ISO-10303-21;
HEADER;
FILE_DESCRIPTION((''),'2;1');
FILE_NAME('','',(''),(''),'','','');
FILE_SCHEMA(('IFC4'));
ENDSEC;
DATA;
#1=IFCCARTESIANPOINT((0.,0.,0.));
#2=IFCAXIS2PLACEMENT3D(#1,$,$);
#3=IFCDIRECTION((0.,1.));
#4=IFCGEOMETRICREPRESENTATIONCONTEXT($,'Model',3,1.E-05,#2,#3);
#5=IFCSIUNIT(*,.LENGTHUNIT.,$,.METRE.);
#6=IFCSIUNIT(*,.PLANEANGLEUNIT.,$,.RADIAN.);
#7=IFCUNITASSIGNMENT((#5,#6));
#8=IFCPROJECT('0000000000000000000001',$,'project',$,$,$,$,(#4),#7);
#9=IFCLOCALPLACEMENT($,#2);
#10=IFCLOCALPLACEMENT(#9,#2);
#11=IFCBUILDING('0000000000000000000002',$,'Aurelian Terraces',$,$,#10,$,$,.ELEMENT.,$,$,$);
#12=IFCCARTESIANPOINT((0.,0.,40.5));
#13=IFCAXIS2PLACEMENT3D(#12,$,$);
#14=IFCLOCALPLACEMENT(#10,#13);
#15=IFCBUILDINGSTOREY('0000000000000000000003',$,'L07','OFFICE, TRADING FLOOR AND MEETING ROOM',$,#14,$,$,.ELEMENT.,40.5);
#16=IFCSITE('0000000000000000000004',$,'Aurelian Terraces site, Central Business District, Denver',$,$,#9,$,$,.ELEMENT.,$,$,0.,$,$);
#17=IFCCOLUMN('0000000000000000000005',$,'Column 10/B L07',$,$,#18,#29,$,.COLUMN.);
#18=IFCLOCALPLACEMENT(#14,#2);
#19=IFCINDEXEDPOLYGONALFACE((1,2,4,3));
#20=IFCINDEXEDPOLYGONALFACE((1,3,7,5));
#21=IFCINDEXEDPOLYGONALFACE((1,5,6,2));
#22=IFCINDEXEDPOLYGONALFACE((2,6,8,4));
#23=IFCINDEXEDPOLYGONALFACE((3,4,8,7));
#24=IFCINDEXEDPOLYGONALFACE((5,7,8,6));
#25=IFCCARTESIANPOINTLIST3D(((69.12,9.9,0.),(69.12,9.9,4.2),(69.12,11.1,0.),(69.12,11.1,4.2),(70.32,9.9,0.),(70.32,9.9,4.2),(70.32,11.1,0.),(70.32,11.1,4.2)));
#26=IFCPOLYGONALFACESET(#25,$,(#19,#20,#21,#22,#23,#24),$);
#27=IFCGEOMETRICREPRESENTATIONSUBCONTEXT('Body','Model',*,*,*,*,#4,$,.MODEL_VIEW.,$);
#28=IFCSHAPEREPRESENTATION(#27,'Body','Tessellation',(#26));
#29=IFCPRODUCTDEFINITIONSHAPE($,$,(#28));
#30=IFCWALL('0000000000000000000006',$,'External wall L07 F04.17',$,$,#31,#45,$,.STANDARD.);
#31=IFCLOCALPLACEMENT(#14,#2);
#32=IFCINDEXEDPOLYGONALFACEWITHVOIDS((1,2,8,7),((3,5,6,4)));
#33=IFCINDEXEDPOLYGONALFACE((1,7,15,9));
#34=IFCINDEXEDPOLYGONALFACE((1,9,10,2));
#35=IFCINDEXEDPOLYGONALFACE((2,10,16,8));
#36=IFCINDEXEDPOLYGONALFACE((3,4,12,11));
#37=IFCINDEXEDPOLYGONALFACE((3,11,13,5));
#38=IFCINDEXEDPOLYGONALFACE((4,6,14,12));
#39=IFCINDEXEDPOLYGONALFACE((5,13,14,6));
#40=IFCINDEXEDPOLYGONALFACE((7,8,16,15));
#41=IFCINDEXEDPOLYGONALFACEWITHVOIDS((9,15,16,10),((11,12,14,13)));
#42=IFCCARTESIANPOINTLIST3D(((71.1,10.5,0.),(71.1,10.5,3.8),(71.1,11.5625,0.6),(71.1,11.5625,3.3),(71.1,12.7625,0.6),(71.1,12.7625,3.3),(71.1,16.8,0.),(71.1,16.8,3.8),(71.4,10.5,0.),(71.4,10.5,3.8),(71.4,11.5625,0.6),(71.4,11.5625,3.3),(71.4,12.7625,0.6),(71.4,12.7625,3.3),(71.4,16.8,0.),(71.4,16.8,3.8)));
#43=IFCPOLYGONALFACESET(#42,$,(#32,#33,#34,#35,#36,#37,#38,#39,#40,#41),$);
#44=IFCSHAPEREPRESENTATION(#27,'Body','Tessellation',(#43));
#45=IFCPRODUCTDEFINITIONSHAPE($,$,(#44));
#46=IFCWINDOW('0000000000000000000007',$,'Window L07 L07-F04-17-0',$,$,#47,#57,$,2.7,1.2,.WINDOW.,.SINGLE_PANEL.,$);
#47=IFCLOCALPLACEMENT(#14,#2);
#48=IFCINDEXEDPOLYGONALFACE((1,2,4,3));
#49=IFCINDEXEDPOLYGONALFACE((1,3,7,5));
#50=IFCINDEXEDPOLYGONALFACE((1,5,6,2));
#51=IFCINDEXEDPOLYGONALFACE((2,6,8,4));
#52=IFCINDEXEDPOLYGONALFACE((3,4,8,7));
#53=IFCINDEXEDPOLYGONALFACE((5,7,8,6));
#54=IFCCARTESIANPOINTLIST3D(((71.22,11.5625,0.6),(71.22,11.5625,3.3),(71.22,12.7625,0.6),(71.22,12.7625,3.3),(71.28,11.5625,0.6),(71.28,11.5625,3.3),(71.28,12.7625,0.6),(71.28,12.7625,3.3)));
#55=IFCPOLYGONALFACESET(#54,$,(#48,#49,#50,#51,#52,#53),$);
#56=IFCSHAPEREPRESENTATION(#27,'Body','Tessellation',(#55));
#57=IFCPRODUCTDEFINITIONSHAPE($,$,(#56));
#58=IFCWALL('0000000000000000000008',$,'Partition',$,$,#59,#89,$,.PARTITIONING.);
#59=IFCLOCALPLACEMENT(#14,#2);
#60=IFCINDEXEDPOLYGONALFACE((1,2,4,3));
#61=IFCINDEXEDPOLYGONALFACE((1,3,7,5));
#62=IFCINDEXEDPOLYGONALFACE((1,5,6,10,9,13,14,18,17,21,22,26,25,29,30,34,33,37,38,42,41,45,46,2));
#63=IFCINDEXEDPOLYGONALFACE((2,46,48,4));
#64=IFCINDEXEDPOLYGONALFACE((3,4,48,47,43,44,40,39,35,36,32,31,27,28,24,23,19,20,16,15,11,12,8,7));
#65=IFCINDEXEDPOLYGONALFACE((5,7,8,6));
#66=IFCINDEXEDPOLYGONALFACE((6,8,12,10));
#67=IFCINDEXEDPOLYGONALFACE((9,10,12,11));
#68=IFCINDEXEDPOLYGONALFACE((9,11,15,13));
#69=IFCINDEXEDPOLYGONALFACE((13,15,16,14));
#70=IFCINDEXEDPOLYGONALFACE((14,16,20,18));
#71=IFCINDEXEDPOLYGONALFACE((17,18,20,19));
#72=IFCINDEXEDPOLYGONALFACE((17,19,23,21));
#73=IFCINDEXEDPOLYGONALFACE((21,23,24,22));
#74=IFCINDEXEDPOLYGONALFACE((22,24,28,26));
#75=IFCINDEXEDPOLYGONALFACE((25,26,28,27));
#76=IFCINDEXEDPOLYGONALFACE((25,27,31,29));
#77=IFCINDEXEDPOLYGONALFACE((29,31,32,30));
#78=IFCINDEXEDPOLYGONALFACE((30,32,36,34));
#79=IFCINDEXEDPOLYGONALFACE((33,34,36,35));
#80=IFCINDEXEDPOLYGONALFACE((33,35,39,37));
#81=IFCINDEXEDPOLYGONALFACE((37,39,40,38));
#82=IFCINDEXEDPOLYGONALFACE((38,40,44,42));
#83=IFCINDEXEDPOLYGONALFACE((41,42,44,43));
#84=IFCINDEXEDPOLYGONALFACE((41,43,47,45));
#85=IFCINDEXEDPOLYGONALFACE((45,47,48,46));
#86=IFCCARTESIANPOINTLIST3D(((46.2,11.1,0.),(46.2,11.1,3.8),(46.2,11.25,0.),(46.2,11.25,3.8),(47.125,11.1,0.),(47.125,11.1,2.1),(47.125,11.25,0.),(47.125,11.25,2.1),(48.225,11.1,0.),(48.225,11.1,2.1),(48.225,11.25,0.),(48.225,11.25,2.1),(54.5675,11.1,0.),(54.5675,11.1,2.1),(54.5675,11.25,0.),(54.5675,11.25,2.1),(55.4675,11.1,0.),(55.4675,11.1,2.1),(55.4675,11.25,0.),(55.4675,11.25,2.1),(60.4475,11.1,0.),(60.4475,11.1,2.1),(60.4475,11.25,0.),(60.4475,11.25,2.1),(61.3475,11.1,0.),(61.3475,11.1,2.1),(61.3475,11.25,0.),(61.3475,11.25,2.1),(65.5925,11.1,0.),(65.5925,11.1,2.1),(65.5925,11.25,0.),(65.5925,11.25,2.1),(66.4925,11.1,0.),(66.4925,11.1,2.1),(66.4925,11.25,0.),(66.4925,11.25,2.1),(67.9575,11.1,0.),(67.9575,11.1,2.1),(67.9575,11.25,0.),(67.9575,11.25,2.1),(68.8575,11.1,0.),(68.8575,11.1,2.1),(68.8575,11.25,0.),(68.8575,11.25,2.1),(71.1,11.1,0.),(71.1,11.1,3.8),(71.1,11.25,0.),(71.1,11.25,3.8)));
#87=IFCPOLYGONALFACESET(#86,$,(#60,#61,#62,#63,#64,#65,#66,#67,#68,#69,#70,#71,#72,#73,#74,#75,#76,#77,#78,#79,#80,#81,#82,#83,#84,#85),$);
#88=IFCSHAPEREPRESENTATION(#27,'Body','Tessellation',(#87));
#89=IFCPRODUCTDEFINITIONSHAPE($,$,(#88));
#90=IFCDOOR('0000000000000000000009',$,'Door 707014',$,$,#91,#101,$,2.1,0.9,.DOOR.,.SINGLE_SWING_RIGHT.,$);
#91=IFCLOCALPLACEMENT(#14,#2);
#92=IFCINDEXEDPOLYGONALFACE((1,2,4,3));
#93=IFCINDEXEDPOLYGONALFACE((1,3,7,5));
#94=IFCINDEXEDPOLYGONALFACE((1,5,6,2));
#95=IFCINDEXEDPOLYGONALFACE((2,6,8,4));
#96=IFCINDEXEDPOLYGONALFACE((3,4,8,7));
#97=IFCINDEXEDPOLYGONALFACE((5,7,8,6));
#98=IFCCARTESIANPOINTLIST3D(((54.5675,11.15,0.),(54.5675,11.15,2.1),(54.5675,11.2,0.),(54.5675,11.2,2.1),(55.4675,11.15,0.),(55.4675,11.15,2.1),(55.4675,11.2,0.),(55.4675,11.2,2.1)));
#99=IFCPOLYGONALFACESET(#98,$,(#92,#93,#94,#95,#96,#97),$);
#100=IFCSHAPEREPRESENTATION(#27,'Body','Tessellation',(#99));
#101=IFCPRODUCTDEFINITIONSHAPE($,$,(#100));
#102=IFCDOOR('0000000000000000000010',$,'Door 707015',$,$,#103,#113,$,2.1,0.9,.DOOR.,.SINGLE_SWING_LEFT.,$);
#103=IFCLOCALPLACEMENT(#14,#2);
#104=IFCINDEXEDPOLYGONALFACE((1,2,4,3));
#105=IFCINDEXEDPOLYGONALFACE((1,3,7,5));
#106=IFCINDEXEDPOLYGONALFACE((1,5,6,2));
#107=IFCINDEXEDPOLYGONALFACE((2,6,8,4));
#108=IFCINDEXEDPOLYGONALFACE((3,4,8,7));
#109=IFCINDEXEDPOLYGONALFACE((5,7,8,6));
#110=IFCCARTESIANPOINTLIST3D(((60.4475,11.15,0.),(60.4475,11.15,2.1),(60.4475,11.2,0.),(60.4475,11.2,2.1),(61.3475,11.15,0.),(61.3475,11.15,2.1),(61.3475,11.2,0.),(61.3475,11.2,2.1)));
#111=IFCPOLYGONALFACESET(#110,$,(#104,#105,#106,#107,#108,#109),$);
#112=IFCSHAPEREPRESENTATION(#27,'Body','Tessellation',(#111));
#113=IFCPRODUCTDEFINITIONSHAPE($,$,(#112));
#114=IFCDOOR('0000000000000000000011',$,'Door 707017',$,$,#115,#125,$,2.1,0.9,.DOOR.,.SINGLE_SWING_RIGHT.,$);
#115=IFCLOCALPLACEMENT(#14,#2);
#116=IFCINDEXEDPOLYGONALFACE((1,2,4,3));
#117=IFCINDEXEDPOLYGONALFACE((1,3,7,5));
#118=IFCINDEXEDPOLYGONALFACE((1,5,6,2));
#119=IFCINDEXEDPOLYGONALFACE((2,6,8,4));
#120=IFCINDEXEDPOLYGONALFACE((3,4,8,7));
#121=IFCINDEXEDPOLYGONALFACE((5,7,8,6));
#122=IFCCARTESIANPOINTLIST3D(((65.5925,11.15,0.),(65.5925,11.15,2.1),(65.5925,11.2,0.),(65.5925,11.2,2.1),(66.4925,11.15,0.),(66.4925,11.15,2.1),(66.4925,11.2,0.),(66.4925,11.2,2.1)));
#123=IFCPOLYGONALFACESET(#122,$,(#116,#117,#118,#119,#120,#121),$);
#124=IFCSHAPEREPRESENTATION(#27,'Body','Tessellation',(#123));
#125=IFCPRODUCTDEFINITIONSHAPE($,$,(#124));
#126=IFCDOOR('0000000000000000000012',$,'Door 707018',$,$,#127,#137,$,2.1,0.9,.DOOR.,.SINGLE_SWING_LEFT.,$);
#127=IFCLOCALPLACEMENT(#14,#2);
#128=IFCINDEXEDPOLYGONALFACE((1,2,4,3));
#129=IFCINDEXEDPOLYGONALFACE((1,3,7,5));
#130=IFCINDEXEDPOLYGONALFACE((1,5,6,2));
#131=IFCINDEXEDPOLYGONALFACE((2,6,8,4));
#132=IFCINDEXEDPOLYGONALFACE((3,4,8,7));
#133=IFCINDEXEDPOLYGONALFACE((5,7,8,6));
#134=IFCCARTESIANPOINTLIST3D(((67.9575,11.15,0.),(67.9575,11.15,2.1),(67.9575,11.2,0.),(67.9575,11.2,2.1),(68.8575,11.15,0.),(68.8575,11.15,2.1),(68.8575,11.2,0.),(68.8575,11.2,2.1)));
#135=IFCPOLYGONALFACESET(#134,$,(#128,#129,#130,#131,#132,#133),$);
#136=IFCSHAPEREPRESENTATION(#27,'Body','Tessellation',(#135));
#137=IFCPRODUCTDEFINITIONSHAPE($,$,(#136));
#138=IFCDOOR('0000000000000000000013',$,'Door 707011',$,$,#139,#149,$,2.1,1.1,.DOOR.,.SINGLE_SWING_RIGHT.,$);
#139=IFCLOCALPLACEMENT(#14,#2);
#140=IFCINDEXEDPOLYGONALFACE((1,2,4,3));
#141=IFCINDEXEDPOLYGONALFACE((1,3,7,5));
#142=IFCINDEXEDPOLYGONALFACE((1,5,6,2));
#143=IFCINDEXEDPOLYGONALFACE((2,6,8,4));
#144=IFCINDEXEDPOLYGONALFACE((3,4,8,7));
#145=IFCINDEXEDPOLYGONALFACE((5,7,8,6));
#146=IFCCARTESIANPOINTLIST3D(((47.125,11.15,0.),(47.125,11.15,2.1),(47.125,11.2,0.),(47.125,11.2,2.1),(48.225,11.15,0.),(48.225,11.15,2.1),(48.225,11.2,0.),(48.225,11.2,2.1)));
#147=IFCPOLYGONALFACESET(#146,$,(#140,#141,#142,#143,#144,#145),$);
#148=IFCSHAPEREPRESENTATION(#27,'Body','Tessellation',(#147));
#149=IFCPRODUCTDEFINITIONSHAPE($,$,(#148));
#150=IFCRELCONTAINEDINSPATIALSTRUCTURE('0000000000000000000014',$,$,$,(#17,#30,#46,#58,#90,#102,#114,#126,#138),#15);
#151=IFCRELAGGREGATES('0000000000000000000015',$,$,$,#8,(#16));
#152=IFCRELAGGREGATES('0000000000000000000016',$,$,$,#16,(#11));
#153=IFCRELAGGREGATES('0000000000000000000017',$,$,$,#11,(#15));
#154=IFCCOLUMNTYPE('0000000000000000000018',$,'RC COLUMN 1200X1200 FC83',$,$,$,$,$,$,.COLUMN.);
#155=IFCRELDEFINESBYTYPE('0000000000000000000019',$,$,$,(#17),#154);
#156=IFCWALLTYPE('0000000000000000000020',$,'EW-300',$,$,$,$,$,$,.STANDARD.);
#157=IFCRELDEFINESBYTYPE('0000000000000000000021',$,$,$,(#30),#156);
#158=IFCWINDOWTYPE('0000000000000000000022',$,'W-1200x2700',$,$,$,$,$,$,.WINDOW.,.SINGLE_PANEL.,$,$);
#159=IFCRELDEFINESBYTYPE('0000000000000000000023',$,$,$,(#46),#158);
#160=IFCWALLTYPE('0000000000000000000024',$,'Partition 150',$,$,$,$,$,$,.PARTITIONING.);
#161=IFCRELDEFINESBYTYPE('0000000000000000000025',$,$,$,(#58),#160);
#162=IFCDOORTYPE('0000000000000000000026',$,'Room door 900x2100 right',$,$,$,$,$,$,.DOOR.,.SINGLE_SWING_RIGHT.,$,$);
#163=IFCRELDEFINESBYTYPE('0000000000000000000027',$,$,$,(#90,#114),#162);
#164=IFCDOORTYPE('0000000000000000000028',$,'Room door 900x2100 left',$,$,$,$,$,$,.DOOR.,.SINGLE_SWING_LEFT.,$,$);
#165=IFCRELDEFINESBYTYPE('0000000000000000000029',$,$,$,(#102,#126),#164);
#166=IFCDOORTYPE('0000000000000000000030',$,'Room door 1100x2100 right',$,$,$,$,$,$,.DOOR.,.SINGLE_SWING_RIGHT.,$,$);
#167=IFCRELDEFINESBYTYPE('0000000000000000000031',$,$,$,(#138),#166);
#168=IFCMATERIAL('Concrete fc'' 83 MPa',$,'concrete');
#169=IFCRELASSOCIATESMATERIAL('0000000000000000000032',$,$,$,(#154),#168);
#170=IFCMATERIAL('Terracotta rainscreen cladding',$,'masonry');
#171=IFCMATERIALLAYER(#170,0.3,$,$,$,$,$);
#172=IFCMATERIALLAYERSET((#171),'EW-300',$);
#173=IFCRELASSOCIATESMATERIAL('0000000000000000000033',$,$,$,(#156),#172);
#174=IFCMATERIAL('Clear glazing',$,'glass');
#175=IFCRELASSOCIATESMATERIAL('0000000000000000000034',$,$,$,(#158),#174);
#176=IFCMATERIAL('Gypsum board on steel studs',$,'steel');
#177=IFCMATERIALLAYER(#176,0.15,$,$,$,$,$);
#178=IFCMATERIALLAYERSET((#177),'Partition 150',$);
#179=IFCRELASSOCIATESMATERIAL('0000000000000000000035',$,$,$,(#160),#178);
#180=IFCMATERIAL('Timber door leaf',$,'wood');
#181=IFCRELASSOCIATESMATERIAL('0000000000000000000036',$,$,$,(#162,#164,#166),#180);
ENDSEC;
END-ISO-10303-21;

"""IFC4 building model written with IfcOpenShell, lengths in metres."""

from ifc_helpers import new_model, si_unit, direction, frame, frame_2d, origin, origin_2d, place, context, subcontext, project, spatial, rectangle, extrude, source, transform, mapped, material, layer, layer_set, material_profile, profile_set, type_object, element, fill, save


model = new_model("IFC4")

# Units and contexts
model_context = context("Model", 3, precision=1e-05, world=origin(), true_north=direction((0.0, 1.0)))
body_context = subcontext(model_context, "Body", "Model", "MODEL_VIEW")
ifc_project = project(units=[si_unit("LENGTHUNIT", "METRE"), si_unit("PLANEANGLEUNIT", "RADIAN")], contexts=[model_context])

# Site, building, storey
site_placement = place(None, origin())
site = spatial("IfcSite", under=ifc_project, at=site_placement, Name="Aurelian Terraces site, Central Business District, Denver", CompositionType="ELEMENT", RefElevation=0.0)
building_placement = place(site_placement, origin())
building = spatial("IfcBuilding", under=site, at=building_placement, Name="Aurelian Terraces", CompositionType="ELEMENT")
storey_placement = place(building_placement, frame((0.0, 0.0, 40.5)))
storey = spatial("IfcBuildingStorey", under=building, at=storey_placement, Name="L07", Description="OFFICE, TRADING FLOOR AND MEETING ROOM", CompositionType="ELEMENT", Elevation=40.5)

# Column
ifc_material_1 = material(Name="Concrete fc' 83 MPa", Category="concrete")
ifc_material_profile = material_profile(ifc_material_1, rectangle(XDim=1.2, YDim=1.2, at=origin_2d()))
ifc_profile_set = profile_set([ifc_material_profile], Name="Concrete fc' 83 MPa")
column_type = type_object("IfcColumnType", Name="RC COLUMN 1200X1200 FC83", PredefinedType="COLUMN", material=ifc_profile_set)
shared_shape_1 = source(origin(), body_context, "Body", "SweptSolid", [
    extrude(rectangle(XDim=1.2, YDim=1.2, at=origin_2d()), origin(), (0.0, 0.0, 1.0), 4.2),
])
column_placement = place(storey_placement, frame((69.72, 10.5, 0.0), z_axis=(0.0, 0.0, 1.0), x_axis=(1.0, 0.0, 0.0)))
element("IfcColumn", 1, at=column_placement, inside=storey, type_object=column_type, Name="Column 10/B L07", PredefinedType="COLUMN", context=body_context, shape_type="MappedRepresentation", body=[
    mapped(shared_shape_1, transform((0.0, 0.0, 0.0), scale=1.0)),
])

# Wall, opening, window
ifc_material_2 = material(Name="Terracotta rainscreen cladding", Category="masonry")
ifc_layer_1 = layer(ifc_material_2, 0.3)
ifc_layer_set_1 = layer_set([ifc_layer_1], Name="EW-300")
wall_type_1 = type_object("IfcWallType", Name="EW-300", PredefinedType="STANDARD", material=ifc_layer_set_1)
wall_1_placement = place(storey_placement, frame((71.25, 10.5, 0.0), z_axis=(0.0, 0.0, 1.0), x_axis=(0.0, 1.0, 0.0)))
wall_1 = element("IfcWall", 2, at=wall_1_placement, inside=storey, type_object=wall_type_1, Name="External wall L07 F04.17", PredefinedType="STANDARD", context=body_context, shape_type="SweptSolid", body=[
    extrude(rectangle(XDim=6.3, YDim=0.3, at=frame_2d((3.15, 0.0))), origin(), (0.0, 0.0, 1.0), 3.8),
])
shared_shape_2 = source(origin(), body_context, "Body", "SweptSolid", [
    extrude(rectangle(XDim=1.2, YDim=2.7, at=frame_2d((0.6, 1.35))), frame((0.0, 0.16, 0.0), z_axis=(0.0, -1.0, 0.0), x_axis=(1.0, 0.0, 0.0)), (0.0, 0.0, 1.0), 0.32),
])
opening_1_placement = place(wall_1_placement, frame((1.0625, 0.0, 0.6)))
opening_1 = element("IfcOpeningElement", 3, at=opening_1_placement, cuts=wall_1, PredefinedType="OPENING", context=body_context, shape_type="MappedRepresentation", body=[
    mapped(shared_shape_2, transform((0.0, 0.0, 0.0), scale=1.0)),
])
ifc_material_3 = material(Name="Clear glazing", Category="glass")
window_type_1 = type_object("IfcWindowType", Name="W-1200x2700", PartitioningType="SINGLE_PANEL", PredefinedType="WINDOW", material=ifc_material_3)
shared_shape_3 = source(origin(), body_context, "Body", "SweptSolid", [
    extrude(rectangle(XDim=1.2, YDim=2.7, at=frame_2d((0.6, 1.35))), frame((0.0, 0.03, 0.0), z_axis=(0.0, -1.0, 0.0), x_axis=(1.0, 0.0, 0.0)), (0.0, 0.0, 1.0), 0.06),
])
window_1_placement = place(opening_1_placement, origin())
window_1 = element("IfcWindow", 4, at=window_1_placement, inside=storey, type_object=window_type_1, Name="Window L07 L07-F04-17-0", OverallHeight=2.7, OverallWidth=1.2, PartitioningType="SINGLE_PANEL", PredefinedType="WINDOW", context=body_context, shape_type="MappedRepresentation", body=[
    mapped(shared_shape_3, transform((0.0, 0.0, 0.0), scale=1.0)),
])
fill(opening_1, window_1)

# Wall, openings, doors
ifc_material_4 = material(Name="Gypsum board on steel studs", Category="steel")
ifc_layer_2 = layer(ifc_material_4, 0.15)
ifc_layer_set_2 = layer_set([ifc_layer_2], Name="Partition 150")
wall_type_2 = type_object("IfcWallType", Name="Partition 150", PredefinedType="PARTITIONING", material=ifc_layer_set_2)
wall_2_placement = place(storey_placement, frame((71.1, 11.175, 0.0), z_axis=(0.0, 0.0, 1.0), x_axis=(-1.0, 0.0, 0.0)))
wall_2 = element("IfcWall", 5, at=wall_2_placement, inside=storey, type_object=wall_type_2, Name="Partition", PredefinedType="PARTITIONING", context=body_context, shape_type="SweptSolid", body=[
    extrude(rectangle(XDim=24.9, YDim=0.15, at=frame_2d((12.45, 0.0))), origin(), (0.0, 0.0, 1.0), 3.8),
])
shared_shape_4 = source(origin(), body_context, "Body", "SweptSolid", [
    extrude(rectangle(XDim=1.1, YDim=2.1, at=frame_2d((0.55, 1.05))), frame((0.0, 0.085, 0.0), z_axis=(0.0, -1.0, 0.0), x_axis=(1.0, 0.0, 0.0)), (0.0, 0.0, 1.0), 0.17),
])
opening_2_placement = place(wall_2_placement, frame((22.875, 0.0, 0.0)))
opening_2 = element("IfcOpeningElement", 6, at=opening_2_placement, cuts=wall_2, PredefinedType="OPENING", context=body_context, shape_type="MappedRepresentation", body=[
    mapped(shared_shape_4, transform((0.0, 0.0, 0.0), scale=1.0)),
])
shared_shape_5 = source(origin(), body_context, "Body", "SweptSolid", [
    extrude(rectangle(XDim=0.9, YDim=2.1, at=frame_2d((0.45, 1.05))), frame((0.0, 0.085, 0.0), z_axis=(0.0, -1.0, 0.0), x_axis=(1.0, 0.0, 0.0)), (0.0, 0.0, 1.0), 0.17),
])
opening_3_placement = place(wall_2_placement, frame((15.6325, 0.0, 0.0)))
opening_3 = element("IfcOpeningElement", 7, at=opening_3_placement, cuts=wall_2, PredefinedType="OPENING", context=body_context, shape_type="MappedRepresentation", body=[
    mapped(shared_shape_5, transform((0.0, 0.0, 0.0), scale=1.0)),
])
opening_4_placement = place(wall_2_placement, frame((9.7525, 0.0, 0.0)))
opening_4 = element("IfcOpeningElement", 8, at=opening_4_placement, cuts=wall_2, PredefinedType="OPENING", context=body_context, shape_type="MappedRepresentation", body=[
    mapped(shared_shape_5, transform((0.0, 0.0, 0.0), scale=1.0)),
])
opening_5_placement = place(wall_2_placement, frame((4.6075, 0.0, 0.0)))
opening_5 = element("IfcOpeningElement", 9, at=opening_5_placement, cuts=wall_2, PredefinedType="OPENING", context=body_context, shape_type="MappedRepresentation", body=[
    mapped(shared_shape_5, transform((0.0, 0.0, 0.0), scale=1.0)),
])
opening_6_placement = place(wall_2_placement, frame((2.2425, 0.0, 0.0)))
opening_6 = element("IfcOpeningElement", 10, at=opening_6_placement, cuts=wall_2, PredefinedType="OPENING", context=body_context, shape_type="MappedRepresentation", body=[
    mapped(shared_shape_5, transform((0.0, 0.0, 0.0), scale=1.0)),
])
ifc_material_5 = material(Name="Timber door leaf", Category="wood")
door_type_1 = type_object("IfcDoorType", Name="Room door 900x2100 right", OperationType="SINGLE_SWING_RIGHT", PredefinedType="DOOR", material=ifc_material_5)
shared_shape_6 = source(origin(), body_context, "Body", "SweptSolid", [
    extrude(rectangle(XDim=0.9, YDim=2.1, at=frame_2d((0.45, 1.05))), frame((0.0, 0.025, 0.0), z_axis=(0.0, -1.0, 0.0), x_axis=(1.0, 0.0, 0.0)), (0.0, 0.0, 1.0), 0.05),
])
door_1_placement = place(opening_3_placement, origin())
door_1 = element("IfcDoor", 11, at=door_1_placement, inside=storey, type_object=door_type_1, Name="Door 707014", OperationType="SINGLE_SWING_RIGHT", OverallHeight=2.1, OverallWidth=0.9, PredefinedType="DOOR", context=body_context, shape_type="MappedRepresentation", body=[
    mapped(shared_shape_6, transform((0.0, 0.0, 0.0), scale=1.0)),
])
fill(opening_3, door_1)
door_type_2 = type_object("IfcDoorType", Name="Room door 900x2100 left", OperationType="SINGLE_SWING_LEFT", PredefinedType="DOOR", material=ifc_material_5)
door_2_placement = place(opening_4_placement, origin())
door_2 = element("IfcDoor", 12, at=door_2_placement, inside=storey, type_object=door_type_2, Name="Door 707015", OperationType="SINGLE_SWING_LEFT", OverallHeight=2.1, OverallWidth=0.9, PredefinedType="DOOR", context=body_context, shape_type="MappedRepresentation", body=[
    mapped(shared_shape_6, transform((0.0, 0.0, 0.0), scale=1.0)),
])
fill(opening_4, door_2)
door_3_placement = place(opening_5_placement, origin())
door_3 = element("IfcDoor", 13, at=door_3_placement, inside=storey, type_object=door_type_1, Name="Door 707017", OperationType="SINGLE_SWING_RIGHT", OverallHeight=2.1, OverallWidth=0.9, PredefinedType="DOOR", context=body_context, shape_type="MappedRepresentation", body=[
    mapped(shared_shape_6, transform((0.0, 0.0, 0.0), scale=1.0)),
])
fill(opening_5, door_3)
door_4_placement = place(opening_6_placement, origin())
door_4 = element("IfcDoor", 14, at=door_4_placement, inside=storey, type_object=door_type_2, Name="Door 707018", OperationType="SINGLE_SWING_LEFT", OverallHeight=2.1, OverallWidth=0.9, PredefinedType="DOOR", context=body_context, shape_type="MappedRepresentation", body=[
    mapped(shared_shape_6, transform((0.0, 0.0, 0.0), scale=1.0)),
])
fill(opening_6, door_4)
door_type_3 = type_object("IfcDoorType", Name="Room door 1100x2100 right", OperationType="SINGLE_SWING_RIGHT", PredefinedType="DOOR", material=ifc_material_5)
shared_shape_7 = source(origin(), body_context, "Body", "SweptSolid", [
    extrude(rectangle(XDim=1.1, YDim=2.1, at=frame_2d((0.55, 1.05))), frame((0.0, 0.025, 0.0), z_axis=(0.0, -1.0, 0.0), x_axis=(1.0, 0.0, 0.0)), (0.0, 0.0, 1.0), 0.05),
])
door_5_placement = place(opening_2_placement, origin())
door_5 = element("IfcDoor", 15, at=door_5_placement, inside=storey, type_object=door_type_3, Name="Door 707011", OperationType="SINGLE_SWING_RIGHT", OverallHeight=2.1, OverallWidth=1.1, PredefinedType="DOOR", context=body_context, shape_type="MappedRepresentation", body=[
    mapped(shared_shape_7, transform((0.0, 0.0, 0.0), scale=1.0)),
])
fill(opening_2, door_5)

save(model, "model.ifc")
